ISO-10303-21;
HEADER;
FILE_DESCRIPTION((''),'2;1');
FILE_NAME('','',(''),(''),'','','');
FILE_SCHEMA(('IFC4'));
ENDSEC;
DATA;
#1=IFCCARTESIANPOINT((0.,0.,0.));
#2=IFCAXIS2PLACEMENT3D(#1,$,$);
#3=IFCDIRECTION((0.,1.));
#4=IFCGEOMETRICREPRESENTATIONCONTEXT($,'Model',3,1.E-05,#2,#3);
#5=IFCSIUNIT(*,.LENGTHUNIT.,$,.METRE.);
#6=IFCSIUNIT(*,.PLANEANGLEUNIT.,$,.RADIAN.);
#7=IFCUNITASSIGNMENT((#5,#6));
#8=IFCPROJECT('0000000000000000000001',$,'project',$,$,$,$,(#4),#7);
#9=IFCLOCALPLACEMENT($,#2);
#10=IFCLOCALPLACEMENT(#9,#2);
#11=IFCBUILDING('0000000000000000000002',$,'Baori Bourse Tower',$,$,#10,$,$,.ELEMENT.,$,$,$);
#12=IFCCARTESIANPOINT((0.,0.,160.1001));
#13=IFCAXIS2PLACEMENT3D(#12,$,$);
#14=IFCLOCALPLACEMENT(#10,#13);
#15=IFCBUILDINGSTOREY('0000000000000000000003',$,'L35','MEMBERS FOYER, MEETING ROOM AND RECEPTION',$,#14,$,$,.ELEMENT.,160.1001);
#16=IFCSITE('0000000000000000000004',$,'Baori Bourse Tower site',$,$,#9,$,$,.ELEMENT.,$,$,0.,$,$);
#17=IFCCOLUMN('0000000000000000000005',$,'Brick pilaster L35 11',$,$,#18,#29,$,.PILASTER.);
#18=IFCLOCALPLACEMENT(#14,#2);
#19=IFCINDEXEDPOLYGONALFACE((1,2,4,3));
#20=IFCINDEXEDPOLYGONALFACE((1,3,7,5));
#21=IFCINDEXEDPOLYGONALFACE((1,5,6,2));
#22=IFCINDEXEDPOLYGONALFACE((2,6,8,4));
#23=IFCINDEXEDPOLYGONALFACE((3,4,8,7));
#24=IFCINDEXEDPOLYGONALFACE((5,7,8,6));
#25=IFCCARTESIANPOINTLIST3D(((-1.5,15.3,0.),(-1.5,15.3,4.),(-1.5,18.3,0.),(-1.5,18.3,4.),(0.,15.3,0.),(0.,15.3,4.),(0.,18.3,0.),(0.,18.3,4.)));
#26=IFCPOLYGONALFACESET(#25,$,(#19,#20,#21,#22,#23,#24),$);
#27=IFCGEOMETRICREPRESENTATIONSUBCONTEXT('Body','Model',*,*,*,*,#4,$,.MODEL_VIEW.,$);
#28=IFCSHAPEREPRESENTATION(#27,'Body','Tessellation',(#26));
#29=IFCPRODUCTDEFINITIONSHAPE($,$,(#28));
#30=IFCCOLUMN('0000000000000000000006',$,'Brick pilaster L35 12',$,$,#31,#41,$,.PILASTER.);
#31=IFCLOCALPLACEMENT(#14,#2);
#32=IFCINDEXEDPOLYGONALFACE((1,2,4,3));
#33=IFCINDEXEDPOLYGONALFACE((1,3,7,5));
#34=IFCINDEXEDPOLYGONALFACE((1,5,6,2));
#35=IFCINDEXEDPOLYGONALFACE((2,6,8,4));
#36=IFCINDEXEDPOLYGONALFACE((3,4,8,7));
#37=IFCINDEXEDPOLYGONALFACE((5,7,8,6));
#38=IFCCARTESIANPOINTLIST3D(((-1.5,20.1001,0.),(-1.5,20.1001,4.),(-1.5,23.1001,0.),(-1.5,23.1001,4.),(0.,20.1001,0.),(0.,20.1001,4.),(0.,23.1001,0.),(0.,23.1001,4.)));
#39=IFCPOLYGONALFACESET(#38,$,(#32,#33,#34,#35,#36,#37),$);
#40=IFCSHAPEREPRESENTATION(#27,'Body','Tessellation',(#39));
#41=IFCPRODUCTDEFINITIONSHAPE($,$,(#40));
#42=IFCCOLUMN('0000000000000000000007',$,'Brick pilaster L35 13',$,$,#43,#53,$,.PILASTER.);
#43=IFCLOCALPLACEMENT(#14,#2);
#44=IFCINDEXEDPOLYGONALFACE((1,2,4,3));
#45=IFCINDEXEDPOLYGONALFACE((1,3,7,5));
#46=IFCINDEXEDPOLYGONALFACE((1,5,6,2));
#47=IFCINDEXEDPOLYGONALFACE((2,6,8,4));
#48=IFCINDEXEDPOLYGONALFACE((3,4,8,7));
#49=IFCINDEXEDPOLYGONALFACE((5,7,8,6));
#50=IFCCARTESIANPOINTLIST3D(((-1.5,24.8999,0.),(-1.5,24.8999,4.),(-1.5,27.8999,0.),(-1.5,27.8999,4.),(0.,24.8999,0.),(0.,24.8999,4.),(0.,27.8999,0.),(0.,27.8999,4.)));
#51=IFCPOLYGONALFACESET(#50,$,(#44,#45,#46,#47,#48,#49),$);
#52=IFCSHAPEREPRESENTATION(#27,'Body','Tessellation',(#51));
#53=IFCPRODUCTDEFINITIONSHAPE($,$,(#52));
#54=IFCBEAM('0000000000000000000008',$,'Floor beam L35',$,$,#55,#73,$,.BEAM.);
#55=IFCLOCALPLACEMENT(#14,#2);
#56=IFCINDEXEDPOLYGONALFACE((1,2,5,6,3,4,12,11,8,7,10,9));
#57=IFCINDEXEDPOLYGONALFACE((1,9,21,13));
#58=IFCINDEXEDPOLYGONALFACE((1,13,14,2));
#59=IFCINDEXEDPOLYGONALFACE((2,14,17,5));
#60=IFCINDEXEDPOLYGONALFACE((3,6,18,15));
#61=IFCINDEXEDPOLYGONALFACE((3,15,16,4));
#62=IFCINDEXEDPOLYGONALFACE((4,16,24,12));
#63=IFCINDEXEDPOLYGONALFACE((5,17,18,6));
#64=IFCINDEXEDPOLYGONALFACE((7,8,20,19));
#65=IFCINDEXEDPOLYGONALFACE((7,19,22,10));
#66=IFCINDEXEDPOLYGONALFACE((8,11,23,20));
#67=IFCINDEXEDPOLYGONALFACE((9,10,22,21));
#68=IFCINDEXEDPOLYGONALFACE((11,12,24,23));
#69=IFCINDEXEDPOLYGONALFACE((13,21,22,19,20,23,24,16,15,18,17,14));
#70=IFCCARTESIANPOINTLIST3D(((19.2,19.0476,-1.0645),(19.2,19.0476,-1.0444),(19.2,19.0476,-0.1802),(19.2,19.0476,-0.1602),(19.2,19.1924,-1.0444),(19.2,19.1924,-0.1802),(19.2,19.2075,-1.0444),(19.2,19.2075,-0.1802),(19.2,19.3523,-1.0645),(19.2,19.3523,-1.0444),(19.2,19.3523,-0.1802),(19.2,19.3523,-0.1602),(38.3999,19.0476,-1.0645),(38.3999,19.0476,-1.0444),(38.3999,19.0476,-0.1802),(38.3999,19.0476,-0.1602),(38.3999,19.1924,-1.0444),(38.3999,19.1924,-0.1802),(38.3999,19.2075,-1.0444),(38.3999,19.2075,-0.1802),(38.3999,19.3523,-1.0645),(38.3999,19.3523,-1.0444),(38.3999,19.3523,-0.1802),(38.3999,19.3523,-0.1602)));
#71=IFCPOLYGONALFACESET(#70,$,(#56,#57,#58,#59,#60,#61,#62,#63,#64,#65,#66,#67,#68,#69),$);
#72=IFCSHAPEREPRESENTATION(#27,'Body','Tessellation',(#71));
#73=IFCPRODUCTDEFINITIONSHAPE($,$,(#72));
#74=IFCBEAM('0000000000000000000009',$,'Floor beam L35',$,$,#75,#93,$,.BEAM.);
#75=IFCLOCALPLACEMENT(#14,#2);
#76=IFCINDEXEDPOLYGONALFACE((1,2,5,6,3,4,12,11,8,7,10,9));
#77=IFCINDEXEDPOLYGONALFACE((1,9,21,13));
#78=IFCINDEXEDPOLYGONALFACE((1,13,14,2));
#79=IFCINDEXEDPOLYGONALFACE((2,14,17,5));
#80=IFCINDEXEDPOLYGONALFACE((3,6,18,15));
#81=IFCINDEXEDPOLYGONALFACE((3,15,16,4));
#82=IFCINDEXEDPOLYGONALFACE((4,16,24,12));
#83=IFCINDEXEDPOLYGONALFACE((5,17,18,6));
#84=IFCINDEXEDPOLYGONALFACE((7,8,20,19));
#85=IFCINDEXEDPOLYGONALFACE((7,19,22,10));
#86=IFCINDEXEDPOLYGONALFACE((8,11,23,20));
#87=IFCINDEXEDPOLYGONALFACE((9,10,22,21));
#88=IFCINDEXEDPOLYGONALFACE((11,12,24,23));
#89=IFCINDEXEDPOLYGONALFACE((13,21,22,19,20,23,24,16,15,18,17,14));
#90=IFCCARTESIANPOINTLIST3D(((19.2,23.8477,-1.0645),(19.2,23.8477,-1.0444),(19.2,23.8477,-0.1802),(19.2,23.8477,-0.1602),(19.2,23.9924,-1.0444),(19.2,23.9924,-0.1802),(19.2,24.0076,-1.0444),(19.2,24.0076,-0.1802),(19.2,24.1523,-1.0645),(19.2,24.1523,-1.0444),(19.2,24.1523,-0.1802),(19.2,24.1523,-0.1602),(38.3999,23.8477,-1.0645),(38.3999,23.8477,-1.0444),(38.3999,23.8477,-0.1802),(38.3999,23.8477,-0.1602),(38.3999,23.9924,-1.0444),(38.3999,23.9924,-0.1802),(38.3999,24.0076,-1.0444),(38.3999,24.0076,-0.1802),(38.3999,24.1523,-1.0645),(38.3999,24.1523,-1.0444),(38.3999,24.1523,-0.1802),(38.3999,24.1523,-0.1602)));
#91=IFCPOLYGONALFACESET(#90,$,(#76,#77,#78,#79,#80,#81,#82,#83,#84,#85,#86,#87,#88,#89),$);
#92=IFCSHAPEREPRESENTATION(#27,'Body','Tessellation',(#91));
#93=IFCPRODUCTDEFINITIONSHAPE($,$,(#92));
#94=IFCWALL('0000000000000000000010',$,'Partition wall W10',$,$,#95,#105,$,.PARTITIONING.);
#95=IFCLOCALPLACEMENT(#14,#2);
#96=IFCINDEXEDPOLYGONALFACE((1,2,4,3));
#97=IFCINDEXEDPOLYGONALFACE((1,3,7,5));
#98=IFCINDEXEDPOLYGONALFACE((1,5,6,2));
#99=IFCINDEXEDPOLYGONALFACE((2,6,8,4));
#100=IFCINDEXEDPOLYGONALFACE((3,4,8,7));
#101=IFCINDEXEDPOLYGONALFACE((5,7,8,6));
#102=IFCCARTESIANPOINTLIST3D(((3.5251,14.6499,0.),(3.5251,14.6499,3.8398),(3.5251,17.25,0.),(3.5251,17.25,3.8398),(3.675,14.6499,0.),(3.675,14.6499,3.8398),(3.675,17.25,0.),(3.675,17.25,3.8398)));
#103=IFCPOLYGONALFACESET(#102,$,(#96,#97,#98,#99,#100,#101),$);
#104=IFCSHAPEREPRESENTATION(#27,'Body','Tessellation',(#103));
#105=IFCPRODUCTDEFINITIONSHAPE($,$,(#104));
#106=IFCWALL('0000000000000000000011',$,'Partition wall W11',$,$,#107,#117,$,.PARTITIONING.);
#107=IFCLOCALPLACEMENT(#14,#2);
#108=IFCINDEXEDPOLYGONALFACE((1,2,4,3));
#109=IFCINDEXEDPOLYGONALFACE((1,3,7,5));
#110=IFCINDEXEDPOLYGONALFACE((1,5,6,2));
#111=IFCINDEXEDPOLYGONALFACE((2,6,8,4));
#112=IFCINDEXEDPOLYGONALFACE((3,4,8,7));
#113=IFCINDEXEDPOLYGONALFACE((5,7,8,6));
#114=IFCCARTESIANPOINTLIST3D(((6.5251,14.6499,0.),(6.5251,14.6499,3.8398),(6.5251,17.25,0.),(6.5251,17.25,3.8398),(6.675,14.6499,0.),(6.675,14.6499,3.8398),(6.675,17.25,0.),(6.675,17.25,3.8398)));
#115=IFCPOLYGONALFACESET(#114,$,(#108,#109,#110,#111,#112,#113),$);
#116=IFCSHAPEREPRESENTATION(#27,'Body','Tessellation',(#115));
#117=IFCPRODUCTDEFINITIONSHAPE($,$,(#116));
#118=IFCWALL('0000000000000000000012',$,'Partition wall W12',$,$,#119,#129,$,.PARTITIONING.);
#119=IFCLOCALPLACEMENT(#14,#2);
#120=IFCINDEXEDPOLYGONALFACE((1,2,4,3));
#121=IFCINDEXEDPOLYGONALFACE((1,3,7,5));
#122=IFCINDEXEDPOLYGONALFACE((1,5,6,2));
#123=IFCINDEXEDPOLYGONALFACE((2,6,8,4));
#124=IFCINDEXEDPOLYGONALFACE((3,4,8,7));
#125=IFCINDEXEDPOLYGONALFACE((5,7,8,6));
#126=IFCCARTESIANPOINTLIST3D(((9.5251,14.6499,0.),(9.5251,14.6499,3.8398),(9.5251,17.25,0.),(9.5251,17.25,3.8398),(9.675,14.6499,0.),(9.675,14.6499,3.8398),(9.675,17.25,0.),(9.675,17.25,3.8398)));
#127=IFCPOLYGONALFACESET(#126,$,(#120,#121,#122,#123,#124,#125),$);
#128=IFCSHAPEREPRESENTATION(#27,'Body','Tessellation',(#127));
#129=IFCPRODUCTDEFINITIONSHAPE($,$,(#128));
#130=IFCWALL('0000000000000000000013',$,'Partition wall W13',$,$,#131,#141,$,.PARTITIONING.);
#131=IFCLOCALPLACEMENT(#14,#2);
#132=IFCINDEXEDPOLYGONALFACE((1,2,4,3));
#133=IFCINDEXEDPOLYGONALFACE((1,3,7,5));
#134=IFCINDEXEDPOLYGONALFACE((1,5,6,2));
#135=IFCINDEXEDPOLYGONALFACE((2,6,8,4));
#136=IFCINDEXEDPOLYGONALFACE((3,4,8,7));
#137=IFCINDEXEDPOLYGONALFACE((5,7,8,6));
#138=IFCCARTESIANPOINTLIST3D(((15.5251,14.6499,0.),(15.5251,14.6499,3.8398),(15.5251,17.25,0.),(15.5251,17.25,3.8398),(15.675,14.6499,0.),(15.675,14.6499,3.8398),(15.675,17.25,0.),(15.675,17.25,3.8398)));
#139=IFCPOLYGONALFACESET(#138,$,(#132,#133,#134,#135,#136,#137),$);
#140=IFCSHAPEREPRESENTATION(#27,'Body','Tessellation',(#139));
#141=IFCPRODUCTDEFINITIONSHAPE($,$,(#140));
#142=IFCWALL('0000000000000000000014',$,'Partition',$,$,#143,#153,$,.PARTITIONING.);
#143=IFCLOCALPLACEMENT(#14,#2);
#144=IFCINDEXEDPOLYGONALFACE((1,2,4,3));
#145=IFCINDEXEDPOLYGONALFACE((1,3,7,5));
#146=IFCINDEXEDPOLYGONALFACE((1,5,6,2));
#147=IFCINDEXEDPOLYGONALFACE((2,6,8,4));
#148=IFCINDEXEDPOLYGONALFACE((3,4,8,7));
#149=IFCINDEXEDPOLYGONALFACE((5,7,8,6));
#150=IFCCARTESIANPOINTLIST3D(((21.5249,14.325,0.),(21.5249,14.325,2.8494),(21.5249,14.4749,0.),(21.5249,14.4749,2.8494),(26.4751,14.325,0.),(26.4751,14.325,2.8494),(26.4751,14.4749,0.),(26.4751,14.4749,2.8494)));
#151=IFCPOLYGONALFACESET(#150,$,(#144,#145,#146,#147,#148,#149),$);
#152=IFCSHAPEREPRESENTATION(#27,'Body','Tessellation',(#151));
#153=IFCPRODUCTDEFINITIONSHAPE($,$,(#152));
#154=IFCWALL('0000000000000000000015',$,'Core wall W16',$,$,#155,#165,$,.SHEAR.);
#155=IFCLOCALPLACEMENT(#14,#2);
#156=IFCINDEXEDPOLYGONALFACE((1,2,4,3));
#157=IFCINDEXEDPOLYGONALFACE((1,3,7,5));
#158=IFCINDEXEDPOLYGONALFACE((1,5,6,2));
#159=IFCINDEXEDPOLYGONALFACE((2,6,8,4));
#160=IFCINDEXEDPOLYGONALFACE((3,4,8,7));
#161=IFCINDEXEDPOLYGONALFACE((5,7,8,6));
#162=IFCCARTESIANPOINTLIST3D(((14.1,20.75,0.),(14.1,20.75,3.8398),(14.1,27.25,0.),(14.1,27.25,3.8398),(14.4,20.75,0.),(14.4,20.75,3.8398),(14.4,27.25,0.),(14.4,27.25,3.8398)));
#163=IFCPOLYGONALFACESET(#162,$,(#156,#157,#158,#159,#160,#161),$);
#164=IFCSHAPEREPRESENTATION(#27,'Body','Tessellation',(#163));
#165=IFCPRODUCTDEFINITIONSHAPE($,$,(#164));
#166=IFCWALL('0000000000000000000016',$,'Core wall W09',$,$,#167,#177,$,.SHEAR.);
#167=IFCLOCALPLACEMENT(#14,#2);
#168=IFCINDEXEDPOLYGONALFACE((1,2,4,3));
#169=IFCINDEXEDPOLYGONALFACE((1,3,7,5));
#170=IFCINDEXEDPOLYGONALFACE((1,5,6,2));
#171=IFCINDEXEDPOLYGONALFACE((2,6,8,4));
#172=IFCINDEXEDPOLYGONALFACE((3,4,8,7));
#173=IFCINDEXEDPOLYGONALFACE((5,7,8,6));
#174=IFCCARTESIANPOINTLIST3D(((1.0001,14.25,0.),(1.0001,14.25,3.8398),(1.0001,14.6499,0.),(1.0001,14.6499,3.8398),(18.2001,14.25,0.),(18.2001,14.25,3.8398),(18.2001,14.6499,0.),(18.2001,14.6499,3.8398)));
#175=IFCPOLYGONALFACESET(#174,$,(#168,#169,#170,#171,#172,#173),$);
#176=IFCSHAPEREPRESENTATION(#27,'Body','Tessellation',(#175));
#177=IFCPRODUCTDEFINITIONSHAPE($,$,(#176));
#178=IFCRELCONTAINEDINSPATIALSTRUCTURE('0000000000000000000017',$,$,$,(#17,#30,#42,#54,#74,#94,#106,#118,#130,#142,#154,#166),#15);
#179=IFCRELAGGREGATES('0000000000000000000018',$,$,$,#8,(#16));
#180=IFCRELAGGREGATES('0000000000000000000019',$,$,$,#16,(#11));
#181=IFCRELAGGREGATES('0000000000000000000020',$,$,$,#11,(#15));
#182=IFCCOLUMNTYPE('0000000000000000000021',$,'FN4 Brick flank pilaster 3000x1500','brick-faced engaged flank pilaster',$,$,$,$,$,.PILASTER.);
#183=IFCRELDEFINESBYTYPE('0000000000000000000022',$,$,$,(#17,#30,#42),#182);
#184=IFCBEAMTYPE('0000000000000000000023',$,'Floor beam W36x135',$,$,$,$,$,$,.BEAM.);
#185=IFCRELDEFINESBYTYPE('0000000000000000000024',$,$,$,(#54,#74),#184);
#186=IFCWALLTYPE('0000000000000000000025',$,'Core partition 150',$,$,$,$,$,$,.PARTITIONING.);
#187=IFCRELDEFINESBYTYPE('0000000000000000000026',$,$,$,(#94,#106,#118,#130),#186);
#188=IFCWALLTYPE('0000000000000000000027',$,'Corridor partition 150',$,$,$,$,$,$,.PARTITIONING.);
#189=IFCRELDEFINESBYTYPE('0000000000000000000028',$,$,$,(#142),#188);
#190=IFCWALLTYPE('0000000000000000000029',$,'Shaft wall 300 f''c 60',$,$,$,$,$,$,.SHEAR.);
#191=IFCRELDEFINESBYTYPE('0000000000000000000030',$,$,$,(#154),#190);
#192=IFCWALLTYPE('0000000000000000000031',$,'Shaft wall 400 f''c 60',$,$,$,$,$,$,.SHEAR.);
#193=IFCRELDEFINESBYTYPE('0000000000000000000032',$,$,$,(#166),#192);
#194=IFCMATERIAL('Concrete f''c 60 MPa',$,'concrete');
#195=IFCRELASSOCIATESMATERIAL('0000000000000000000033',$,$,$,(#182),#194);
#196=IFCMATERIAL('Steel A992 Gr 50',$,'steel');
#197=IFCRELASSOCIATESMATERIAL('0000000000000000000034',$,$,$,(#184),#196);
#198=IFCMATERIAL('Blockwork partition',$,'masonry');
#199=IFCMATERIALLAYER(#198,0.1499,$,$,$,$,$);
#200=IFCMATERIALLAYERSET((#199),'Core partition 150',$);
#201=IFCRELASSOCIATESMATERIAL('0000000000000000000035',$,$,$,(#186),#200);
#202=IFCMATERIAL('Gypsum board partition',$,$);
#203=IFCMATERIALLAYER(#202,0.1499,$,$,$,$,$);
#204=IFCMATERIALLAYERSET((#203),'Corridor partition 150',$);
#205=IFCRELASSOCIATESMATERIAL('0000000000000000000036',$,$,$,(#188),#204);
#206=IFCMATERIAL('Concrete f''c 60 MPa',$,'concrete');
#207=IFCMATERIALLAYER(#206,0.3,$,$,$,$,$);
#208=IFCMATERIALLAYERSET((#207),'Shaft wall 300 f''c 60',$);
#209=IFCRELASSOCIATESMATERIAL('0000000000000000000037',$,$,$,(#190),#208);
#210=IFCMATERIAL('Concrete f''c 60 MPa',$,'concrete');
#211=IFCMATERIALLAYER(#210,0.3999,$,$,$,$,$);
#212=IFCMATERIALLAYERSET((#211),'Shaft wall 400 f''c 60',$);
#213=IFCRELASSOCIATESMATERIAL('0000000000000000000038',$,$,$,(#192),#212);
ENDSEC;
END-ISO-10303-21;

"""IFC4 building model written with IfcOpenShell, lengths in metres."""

from ifc_helpers import new_model, si_unit, direction, frame, frame_2d, origin, origin_2d, place, context, subcontext, project, spatial, rectangle, i_section, extrude, material, layer, layer_set, material_profile, profile_set, type_object, element, save


model = new_model("IFC4")

# Units and contexts
model_context = context("Model", 3, precision=1e-05, world=origin(), true_north=direction((0.0, 1.0)))
body_context = subcontext(model_context, "Body", "Model", "MODEL_VIEW")
ifc_project = project(units=[si_unit("LENGTHUNIT", "METRE"), si_unit("PLANEANGLEUNIT", "RADIAN")], contexts=[model_context])

# Site, building, storey
site_placement = place(None, origin())
site = spatial("IfcSite", under=ifc_project, at=site_placement, Name="Baori Bourse Tower site", CompositionType="ELEMENT", RefElevation=0.0)
building_placement = place(site_placement, origin())
building = spatial("IfcBuilding", under=site, at=building_placement, Name="Baori Bourse Tower", CompositionType="ELEMENT")
storey_placement = place(building_placement, frame((0.0, 0.0, 160.1001)))
storey = spatial("IfcBuildingStorey", under=building, at=storey_placement, Name="L35", Description="MEMBERS FOYER, MEETING ROOM AND RECEPTION", CompositionType="ELEMENT", Elevation=160.1001)

# Columns
ifc_material_1 = material(Name="Concrete f'c 60 MPa", Category="concrete")
ifc_material_profile_1 = material_profile(ifc_material_1, rectangle(XDim=3.0, YDim=1.5, at=origin_2d()), Name="RC 3000x1500")
ifc_profile_set_1 = profile_set([ifc_material_profile_1], Name="Concrete f'c 60 MPa")
column_type = type_object("IfcColumnType", Name="FN4 Brick flank pilaster 3000x1500", Description="brick-faced engaged flank pilaster", PredefinedType="PILASTER", material=ifc_profile_set_1)
for number, where, z_axis, x_axis, name in (
    (1, (-0.75, 16.8, 0.0), (0.0, 0.0, 1.0), (0.0, 1.0, 0.0), "Brick pilaster L35 11"),
    (2, (-0.75, 21.6001, 0.0), (0.0, 0.0, 1.0), (0.0, 1.0, 0.0), "Brick pilaster L35 12"),
    (3, (-0.75, 26.3999, 0.0), (0.0, 0.0, 1.0), (0.0, 1.0, 0.0), "Brick pilaster L35 13"),
):
    element("IfcColumn", number, at=place(storey_placement, frame(where, z_axis=z_axis, x_axis=x_axis)), inside=storey, type_object=column_type, Name=name, PredefinedType="PILASTER", context=body_context, shape_type="SweptSolid", body=[
        extrude(rectangle(XDim=3.0, YDim=1.5, at=origin_2d()), origin(), (0.0, 0.0, 1.0), 4.0),
    ])

# Beams
ifc_material_2 = material(Name="Steel A992 Gr 50", Category="steel")
ifc_material_profile_2 = material_profile(ifc_material_2, i_section(OverallWidth=0.3047, OverallDepth=0.9043, WebThickness=0.0151, FlangeThickness=0.02, at=origin_2d()), Name="W36x135")
ifc_profile_set_2 = profile_set([ifc_material_profile_2], Name="Steel A992 Gr 50")
beam_type = type_object("IfcBeamType", Name="Floor beam W36x135", PredefinedType="BEAM", material=ifc_profile_set_2)
for number, where, z_axis, x_axis, name in (
    (4, (19.2, 19.2, -0.6123), (1.0, 0.0, 0.0), (0.0, 1.0, 0.0), "Floor beam L35"),
    (5, (19.2, 24.0, -0.6123), (1.0, 0.0, 0.0), (0.0, 1.0, 0.0), "Floor beam L35"),
):
    element("IfcBeam", number, at=place(storey_placement, frame(where, z_axis=z_axis, x_axis=x_axis)), inside=storey, type_object=beam_type, Name=name, PredefinedType="BEAM", context=body_context, shape_type="SweptSolid", body=[
        extrude(i_section(OverallWidth=0.3047, OverallDepth=0.9043, WebThickness=0.0151, FlangeThickness=0.02, at=origin_2d()), origin(), (0.0, 0.0, 1.0), 19.2),
    ])

# Walls
ifc_material_3 = material(Name="Blockwork partition", Category="masonry")
ifc_layer_1 = layer(ifc_material_3, 0.1499)
ifc_layer_set_1 = layer_set([ifc_layer_1], Name="Core partition 150")
wall_type_1 = type_object("IfcWallType", Name="Core partition 150", PredefinedType="PARTITIONING", material=ifc_layer_set_1)
for number, where, z_axis, x_axis, name in (
    (6, (3.6001, 14.6499, 0.0), (0.0, 0.0, 1.0), (0.0, 1.0, 0.0), "Partition wall W10"),
    (7, (6.6001, 14.6499, 0.0), (0.0, 0.0, 1.0), (0.0, 1.0, 0.0), "Partition wall W11"),
    (8, (9.6001, 14.6499, 0.0), (0.0, 0.0, 1.0), (0.0, 1.0, 0.0), "Partition wall W12"),
    (9, (15.6001, 14.6499, 0.0), (0.0, 0.0, 1.0), (0.0, 1.0, 0.0), "Partition wall W13"),
):
    element("IfcWall", number, at=place(storey_placement, frame(where, z_axis=z_axis, x_axis=x_axis)), inside=storey, type_object=wall_type_1, Name=name, PredefinedType="PARTITIONING", context=body_context, shape_type="SweptSolid", body=[
        extrude(rectangle(XDim=2.6001, YDim=0.1499, at=frame_2d((1.3, 0.0))), origin(), (0.0, 0.0, 1.0), 3.8398),
    ])
ifc_material_4 = material(Name="Gypsum board partition")
ifc_layer_2 = layer(ifc_material_4, 0.1499)
ifc_layer_set_2 = layer_set([ifc_layer_2], Name="Corridor partition 150")
wall_type_2 = type_object("IfcWallType", Name="Corridor partition 150", PredefinedType="PARTITIONING", material=ifc_layer_set_2)
wall_1_placement = place(storey_placement, frame((21.5249, 14.3999, 0.0), z_axis=(0.0, 0.0, 1.0), x_axis=(1.0, 0.0, 0.0)))
element("IfcWall", 10, at=wall_1_placement, inside=storey, type_object=wall_type_2, Name="Partition", PredefinedType="PARTITIONING", context=body_context, shape_type="SweptSolid", body=[
    extrude(rectangle(XDim=4.9502, YDim=0.1499, at=frame_2d((2.4751, 0.0))), origin(), (0.0, 0.0, 1.0), 2.8494),
])
ifc_material_5 = material(Name="Concrete f'c 60 MPa", Category="concrete")
ifc_layer_3 = layer(ifc_material_5, 0.3)
ifc_layer_set_3 = layer_set([ifc_layer_3], Name="Shaft wall 300 f'c 60")
wall_type_3 = type_object("IfcWallType", Name="Shaft wall 300 f'c 60", PredefinedType="SHEAR", material=ifc_layer_set_3)
wall_2_placement = place(storey_placement, frame((14.25, 20.75, 0.0), z_axis=(0.0, 0.0, 1.0), x_axis=(0.0, 1.0, 0.0)))
element("IfcWall", 11, at=wall_2_placement, inside=storey, type_object=wall_type_3, Name="Core wall W16", PredefinedType="SHEAR", context=body_context, shape_type="SweptSolid", body=[
    extrude(rectangle(XDim=6.5, YDim=0.3, at=frame_2d((3.25, 0.0))), origin(), (0.0, 0.0, 1.0), 3.8398),
])
ifc_material_6 = material(Name="Concrete f'c 60 MPa", Category="concrete")
ifc_layer_4 = layer(ifc_material_6, 0.3999)
ifc_layer_set_4 = layer_set([ifc_layer_4], Name="Shaft wall 400 f'c 60")
wall_type_4 = type_object("IfcWallType", Name="Shaft wall 400 f'c 60", PredefinedType="SHEAR", material=ifc_layer_set_4)
wall_3_placement = place(storey_placement, frame((1.0, 14.45, 0.0), z_axis=(0.0, 0.0, 1.0), x_axis=(1.0, 0.0, 0.0)))
element("IfcWall", 12, at=wall_3_placement, inside=storey, type_object=wall_type_4, Name="Core wall W09", PredefinedType="SHEAR", context=body_context, shape_type="SweptSolid", body=[
    extrude(rectangle(XDim=17.2, YDim=0.3999, at=frame_2d((8.6001, 0.0))), origin(), (0.0, 0.0, 1.0), 3.8398),
])

save(model, "model.ifc")
